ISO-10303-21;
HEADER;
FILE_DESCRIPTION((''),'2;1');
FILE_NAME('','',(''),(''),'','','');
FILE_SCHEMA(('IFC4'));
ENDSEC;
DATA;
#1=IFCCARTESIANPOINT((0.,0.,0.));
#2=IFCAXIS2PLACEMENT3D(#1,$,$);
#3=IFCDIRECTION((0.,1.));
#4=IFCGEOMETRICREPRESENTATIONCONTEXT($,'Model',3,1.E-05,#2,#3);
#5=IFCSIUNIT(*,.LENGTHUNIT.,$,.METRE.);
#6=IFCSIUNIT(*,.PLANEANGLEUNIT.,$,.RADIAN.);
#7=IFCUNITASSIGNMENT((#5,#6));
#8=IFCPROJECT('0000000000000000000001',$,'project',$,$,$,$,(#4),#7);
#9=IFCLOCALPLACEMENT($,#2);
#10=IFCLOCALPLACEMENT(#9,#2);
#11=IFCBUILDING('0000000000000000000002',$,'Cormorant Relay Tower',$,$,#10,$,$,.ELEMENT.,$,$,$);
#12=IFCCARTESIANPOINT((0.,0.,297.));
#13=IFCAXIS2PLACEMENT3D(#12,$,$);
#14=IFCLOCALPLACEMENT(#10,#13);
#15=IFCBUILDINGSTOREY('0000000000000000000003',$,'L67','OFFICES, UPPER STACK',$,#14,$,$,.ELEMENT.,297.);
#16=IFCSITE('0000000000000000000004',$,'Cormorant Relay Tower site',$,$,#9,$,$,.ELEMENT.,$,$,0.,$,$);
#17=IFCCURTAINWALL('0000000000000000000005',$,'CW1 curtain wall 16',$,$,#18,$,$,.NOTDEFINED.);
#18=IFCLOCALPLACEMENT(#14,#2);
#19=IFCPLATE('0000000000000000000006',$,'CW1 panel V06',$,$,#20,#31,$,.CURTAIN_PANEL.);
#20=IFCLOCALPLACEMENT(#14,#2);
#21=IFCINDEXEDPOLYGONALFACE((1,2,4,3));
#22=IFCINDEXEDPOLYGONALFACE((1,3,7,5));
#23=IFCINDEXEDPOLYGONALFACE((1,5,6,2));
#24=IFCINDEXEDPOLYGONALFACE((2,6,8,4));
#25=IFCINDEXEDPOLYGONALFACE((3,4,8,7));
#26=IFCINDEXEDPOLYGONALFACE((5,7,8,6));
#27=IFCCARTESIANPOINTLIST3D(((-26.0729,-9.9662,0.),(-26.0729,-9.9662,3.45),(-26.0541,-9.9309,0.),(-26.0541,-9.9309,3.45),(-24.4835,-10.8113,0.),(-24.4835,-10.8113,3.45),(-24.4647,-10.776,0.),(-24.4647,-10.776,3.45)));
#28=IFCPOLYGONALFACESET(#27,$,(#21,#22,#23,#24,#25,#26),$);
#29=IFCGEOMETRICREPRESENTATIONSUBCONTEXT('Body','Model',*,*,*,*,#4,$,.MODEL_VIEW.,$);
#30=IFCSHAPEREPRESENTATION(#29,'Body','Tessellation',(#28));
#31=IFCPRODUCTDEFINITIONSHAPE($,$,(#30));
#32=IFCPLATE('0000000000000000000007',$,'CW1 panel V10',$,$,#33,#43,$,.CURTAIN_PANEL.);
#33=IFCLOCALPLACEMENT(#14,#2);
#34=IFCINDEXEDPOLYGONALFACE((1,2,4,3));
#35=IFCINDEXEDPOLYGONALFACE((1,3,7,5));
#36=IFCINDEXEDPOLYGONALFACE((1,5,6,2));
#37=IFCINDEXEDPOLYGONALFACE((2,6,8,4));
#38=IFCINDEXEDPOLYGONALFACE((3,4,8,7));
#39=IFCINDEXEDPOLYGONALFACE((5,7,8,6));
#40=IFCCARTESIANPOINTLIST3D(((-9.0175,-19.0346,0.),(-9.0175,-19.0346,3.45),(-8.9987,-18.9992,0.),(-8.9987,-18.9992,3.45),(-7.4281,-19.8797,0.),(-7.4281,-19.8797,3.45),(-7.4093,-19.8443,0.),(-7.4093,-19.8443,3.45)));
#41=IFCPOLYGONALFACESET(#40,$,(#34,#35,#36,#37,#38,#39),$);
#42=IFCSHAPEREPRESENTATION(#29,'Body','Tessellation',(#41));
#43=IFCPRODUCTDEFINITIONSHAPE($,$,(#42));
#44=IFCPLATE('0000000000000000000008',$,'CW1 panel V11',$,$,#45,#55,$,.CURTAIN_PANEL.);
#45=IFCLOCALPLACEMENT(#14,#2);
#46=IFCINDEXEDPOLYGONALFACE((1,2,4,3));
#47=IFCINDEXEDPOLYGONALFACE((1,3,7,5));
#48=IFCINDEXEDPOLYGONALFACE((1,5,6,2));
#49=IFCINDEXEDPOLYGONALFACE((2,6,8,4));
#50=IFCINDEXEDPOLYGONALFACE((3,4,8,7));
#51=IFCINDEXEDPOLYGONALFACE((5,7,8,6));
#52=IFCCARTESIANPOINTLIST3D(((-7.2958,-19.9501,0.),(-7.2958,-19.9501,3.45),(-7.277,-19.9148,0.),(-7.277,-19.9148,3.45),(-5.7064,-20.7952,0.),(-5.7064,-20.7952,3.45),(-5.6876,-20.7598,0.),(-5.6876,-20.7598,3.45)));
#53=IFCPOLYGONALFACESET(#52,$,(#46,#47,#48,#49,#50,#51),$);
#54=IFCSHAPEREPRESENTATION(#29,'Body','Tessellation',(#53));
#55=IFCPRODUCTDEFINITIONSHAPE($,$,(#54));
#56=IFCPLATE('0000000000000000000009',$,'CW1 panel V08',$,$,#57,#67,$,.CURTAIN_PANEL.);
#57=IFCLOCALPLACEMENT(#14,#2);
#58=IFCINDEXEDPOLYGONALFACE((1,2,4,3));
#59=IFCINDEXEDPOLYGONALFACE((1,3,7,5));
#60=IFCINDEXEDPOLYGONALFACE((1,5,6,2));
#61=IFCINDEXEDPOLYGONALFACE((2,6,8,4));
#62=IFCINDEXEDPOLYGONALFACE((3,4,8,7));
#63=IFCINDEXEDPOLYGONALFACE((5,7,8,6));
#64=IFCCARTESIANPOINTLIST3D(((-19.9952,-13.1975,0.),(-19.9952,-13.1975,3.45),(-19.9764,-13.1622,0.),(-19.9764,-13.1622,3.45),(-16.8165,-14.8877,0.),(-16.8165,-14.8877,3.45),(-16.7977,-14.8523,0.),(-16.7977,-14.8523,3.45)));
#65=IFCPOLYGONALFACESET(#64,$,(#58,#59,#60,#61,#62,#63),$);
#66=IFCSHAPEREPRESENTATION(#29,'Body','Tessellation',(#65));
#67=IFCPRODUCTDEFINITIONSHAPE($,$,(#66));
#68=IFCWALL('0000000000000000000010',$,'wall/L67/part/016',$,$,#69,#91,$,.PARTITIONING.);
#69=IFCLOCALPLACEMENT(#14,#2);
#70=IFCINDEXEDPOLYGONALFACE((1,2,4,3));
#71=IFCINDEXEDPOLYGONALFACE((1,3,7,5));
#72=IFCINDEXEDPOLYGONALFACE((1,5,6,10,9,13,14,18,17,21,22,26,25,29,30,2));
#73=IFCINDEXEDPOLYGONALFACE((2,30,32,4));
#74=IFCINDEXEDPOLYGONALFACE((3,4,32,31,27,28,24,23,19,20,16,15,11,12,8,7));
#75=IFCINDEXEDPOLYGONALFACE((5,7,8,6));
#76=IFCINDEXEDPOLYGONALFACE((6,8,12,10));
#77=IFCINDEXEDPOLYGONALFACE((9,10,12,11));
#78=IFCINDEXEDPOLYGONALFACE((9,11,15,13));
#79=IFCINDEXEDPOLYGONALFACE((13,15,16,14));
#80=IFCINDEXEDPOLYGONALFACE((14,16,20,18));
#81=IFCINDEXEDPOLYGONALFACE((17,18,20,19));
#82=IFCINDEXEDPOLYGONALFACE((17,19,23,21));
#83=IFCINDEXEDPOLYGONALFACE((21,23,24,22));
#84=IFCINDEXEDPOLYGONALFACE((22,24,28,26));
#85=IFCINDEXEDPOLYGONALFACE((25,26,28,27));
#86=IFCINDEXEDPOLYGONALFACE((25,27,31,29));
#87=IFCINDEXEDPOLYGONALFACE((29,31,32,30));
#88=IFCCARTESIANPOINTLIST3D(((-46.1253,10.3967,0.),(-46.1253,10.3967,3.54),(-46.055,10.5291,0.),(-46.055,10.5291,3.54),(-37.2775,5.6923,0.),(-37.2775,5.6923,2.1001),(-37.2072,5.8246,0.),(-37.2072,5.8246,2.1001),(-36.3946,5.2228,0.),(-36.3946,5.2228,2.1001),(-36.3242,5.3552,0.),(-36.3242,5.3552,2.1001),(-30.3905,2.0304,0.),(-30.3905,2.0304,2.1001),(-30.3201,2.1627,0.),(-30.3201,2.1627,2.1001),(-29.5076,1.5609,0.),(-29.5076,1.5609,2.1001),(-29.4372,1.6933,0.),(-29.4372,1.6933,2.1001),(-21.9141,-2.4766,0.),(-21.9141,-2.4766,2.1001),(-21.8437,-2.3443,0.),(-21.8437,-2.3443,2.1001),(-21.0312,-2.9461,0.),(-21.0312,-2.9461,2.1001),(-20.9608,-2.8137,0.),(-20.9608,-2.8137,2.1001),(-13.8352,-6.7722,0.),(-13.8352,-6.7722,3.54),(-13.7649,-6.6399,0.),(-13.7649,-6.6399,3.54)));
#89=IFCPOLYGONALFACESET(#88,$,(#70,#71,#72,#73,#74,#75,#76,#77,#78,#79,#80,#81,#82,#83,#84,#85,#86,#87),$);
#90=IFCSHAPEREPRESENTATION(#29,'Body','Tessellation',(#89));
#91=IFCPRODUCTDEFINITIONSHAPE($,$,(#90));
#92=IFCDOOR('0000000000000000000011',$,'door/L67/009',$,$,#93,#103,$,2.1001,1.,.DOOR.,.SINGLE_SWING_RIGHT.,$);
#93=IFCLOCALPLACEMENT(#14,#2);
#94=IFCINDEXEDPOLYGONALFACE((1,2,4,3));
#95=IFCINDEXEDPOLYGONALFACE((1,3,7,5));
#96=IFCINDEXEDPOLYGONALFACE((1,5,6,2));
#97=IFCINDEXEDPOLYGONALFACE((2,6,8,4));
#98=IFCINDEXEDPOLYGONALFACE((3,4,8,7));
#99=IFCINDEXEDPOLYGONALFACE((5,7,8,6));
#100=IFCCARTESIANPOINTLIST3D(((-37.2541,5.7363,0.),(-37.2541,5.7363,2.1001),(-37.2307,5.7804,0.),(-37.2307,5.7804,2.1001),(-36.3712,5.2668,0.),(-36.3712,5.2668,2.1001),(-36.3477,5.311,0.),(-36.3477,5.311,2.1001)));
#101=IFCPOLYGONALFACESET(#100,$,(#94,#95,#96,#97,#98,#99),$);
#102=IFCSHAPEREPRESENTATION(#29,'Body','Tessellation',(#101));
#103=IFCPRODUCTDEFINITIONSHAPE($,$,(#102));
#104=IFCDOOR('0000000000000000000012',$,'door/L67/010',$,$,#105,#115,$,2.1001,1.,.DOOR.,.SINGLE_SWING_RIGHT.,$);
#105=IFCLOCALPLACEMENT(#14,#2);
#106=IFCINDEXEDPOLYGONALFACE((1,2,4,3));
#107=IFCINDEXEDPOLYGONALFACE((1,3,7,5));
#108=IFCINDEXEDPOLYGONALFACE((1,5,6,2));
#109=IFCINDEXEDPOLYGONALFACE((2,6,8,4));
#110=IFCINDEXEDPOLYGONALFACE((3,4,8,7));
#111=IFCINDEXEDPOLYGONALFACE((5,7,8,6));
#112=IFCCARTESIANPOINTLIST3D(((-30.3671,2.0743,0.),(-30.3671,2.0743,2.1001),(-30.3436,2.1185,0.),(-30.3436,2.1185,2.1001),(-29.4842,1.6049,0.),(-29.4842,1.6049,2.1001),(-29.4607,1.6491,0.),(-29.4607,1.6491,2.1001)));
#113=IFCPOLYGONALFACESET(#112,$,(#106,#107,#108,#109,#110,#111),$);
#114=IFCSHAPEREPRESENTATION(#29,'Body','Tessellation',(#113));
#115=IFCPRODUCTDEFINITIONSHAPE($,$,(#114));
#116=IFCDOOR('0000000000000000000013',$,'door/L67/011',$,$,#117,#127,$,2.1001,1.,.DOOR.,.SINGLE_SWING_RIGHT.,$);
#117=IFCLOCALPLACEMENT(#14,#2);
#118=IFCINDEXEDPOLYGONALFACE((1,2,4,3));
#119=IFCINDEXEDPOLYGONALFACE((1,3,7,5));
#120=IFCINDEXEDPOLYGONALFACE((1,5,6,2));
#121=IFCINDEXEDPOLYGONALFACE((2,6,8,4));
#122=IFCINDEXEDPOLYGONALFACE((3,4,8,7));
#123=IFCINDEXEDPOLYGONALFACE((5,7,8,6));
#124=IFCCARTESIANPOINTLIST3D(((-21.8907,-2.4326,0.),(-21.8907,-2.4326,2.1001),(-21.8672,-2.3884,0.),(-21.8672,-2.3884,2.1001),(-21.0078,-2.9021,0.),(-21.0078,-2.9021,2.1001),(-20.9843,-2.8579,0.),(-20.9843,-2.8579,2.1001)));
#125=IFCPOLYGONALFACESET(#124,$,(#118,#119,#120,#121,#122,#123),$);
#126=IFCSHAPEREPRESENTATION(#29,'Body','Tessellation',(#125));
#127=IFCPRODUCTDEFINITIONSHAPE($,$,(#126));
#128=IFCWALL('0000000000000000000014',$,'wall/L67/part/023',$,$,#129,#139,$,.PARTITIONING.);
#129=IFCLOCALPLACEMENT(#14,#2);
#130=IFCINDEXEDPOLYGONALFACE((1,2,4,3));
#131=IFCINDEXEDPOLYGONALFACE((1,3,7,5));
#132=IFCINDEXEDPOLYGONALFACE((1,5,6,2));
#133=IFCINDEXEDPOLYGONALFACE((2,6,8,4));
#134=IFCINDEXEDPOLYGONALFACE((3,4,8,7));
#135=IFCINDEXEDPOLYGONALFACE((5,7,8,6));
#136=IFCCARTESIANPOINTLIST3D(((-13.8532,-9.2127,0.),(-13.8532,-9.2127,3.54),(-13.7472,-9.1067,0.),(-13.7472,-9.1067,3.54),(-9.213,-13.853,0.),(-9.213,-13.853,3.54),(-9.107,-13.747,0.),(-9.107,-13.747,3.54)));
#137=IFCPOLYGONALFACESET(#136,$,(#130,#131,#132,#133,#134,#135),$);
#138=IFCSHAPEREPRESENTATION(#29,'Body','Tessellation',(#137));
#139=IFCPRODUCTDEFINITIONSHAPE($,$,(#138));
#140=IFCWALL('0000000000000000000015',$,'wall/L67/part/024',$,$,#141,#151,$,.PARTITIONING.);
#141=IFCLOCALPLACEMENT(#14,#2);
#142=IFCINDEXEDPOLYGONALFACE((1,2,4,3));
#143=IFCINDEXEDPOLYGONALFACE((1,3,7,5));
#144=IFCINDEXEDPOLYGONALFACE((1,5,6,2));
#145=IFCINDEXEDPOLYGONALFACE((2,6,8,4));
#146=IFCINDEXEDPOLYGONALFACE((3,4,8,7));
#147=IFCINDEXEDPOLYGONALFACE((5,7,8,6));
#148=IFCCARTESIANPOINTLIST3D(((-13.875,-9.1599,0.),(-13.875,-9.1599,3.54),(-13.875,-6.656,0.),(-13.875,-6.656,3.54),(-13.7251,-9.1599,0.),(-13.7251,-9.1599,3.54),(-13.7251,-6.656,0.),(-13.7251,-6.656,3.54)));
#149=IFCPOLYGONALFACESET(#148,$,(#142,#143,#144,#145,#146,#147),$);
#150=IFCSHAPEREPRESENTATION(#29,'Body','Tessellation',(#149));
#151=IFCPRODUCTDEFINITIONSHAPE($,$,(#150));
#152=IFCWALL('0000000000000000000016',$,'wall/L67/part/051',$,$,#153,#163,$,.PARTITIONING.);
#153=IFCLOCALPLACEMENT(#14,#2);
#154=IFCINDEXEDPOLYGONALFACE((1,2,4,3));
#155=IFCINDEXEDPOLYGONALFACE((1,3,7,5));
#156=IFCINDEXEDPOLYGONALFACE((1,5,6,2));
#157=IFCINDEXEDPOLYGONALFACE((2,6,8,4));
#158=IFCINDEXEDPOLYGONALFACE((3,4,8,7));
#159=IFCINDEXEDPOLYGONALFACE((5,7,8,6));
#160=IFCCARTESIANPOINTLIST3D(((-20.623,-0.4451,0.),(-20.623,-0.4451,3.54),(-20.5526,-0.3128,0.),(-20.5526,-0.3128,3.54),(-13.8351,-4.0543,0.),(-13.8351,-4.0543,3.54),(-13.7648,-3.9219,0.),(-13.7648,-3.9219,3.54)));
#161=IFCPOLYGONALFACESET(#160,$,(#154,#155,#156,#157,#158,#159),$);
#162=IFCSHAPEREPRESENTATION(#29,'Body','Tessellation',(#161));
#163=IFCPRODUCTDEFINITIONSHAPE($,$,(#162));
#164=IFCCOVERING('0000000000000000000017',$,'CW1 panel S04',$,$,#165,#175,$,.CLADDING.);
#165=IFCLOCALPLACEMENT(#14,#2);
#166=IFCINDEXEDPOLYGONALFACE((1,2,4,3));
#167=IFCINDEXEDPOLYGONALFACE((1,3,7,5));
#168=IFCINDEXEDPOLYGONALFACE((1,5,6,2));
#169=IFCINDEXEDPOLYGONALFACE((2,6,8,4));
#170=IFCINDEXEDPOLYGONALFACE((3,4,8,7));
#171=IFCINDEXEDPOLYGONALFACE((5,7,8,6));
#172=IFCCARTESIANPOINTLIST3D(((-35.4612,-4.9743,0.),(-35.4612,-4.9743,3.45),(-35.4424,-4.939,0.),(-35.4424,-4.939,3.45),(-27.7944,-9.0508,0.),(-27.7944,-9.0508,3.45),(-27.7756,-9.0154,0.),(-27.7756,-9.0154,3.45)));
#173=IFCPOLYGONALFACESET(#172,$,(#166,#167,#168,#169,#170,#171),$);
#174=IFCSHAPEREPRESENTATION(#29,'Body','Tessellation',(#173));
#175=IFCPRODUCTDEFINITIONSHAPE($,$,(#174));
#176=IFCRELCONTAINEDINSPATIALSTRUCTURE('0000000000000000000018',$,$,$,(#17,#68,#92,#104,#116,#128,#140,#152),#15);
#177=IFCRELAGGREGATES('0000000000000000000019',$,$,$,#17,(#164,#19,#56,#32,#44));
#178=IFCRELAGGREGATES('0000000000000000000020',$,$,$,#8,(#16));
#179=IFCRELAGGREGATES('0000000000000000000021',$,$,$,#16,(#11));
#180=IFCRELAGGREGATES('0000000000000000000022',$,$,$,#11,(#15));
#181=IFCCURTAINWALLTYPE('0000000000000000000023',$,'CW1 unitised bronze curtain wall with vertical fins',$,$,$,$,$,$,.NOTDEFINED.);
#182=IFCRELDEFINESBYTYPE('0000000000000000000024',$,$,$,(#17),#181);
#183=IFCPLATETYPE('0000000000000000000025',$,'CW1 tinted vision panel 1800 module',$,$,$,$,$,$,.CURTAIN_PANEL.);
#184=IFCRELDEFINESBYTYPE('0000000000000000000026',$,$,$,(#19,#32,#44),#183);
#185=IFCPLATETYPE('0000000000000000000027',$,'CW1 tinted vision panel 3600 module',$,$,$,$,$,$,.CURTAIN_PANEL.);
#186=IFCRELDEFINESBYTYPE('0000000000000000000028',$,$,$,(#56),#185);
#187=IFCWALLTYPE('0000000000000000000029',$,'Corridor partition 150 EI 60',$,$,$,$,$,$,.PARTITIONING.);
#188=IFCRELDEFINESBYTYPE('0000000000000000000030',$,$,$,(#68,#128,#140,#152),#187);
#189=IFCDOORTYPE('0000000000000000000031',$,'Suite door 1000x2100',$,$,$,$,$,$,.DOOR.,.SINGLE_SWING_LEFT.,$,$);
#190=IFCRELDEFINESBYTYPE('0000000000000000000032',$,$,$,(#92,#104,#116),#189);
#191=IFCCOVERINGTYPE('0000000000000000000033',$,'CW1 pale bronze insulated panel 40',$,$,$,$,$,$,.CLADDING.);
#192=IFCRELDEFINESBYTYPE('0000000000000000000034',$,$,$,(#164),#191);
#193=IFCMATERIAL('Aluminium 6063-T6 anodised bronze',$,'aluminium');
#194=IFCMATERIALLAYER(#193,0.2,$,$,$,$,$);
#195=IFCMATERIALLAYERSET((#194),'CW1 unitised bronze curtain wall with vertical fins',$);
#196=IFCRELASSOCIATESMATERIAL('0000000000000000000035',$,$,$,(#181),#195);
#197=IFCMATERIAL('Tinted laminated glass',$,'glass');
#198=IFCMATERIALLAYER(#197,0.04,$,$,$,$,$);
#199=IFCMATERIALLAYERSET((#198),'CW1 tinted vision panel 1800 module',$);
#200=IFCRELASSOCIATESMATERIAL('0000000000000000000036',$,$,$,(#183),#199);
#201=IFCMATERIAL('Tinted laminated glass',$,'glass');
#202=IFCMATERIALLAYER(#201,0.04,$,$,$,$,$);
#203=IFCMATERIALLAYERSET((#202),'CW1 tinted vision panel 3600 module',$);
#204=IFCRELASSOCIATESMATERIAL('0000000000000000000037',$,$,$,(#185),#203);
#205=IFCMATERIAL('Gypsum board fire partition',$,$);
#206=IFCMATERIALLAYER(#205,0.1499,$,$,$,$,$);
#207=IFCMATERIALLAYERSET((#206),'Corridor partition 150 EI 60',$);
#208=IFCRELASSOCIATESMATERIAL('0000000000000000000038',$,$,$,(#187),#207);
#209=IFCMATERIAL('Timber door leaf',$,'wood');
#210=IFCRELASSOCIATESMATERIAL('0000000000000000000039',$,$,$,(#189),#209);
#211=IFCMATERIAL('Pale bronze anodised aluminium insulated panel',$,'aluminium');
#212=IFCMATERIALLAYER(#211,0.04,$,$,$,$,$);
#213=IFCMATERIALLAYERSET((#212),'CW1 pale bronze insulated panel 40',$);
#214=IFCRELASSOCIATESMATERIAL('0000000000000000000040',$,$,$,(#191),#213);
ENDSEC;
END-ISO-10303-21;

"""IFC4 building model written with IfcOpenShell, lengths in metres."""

from ifc_helpers import new_model, si_unit, direction, frame, frame_2d, origin, origin_2d, place, context, subcontext, project, spatial, rectangle, extrude, material, layer, layer_set, type_object, element, fill, aggregate, save


model = new_model("IFC4")

# Units and contexts
model_context = context("Model", 3, precision=1e-05, world=origin(), true_north=direction((0.0, 1.0)))
body_context = subcontext(model_context, "Body", "Model", "MODEL_VIEW")
ifc_project = project(units=[si_unit("LENGTHUNIT", "METRE"), si_unit("PLANEANGLEUNIT", "RADIAN")], contexts=[model_context])

# Site, building, storey
site_placement = place(None, origin())
site = spatial("IfcSite", under=ifc_project, at=site_placement, Name="Cormorant Relay Tower site", CompositionType="ELEMENT", RefElevation=0.0)
building_placement = place(site_placement, origin())
building = spatial("IfcBuilding", under=site, at=building_placement, Name="Cormorant Relay Tower", CompositionType="ELEMENT")
storey_placement = place(building_placement, frame((0.0, 0.0, 297.0)))
storey = spatial("IfcBuildingStorey", under=building, at=storey_placement, Name="L67", Description="OFFICES, UPPER STACK", CompositionType="ELEMENT", Elevation=297.0)

# Curtain wall
ifc_material_1 = material(Name="Aluminium 6063-T6 anodised bronze", Category="aluminium")
ifc_layer_1 = layer(ifc_material_1, 0.2)
ifc_layer_set_1 = layer_set([ifc_layer_1], Name="CW1 unitised bronze curtain wall with vertical fins")
curtain_wall_type = type_object("IfcCurtainWallType", Name="CW1 unitised bronze curtain wall with vertical fins", PredefinedType="NOTDEFINED", material=ifc_layer_set_1)
curtain_wall_placement = place(storey_placement, origin())
curtain_wall = element("IfcCurtainWall", 1, at=curtain_wall_placement, inside=storey, type_object=curtain_wall_type, Name="CW1 curtain wall 16", PredefinedType="NOTDEFINED")

# Plates
ifc_material_2 = material(Name="Tinted laminated glass", Category="glass")
ifc_layer_2 = layer(ifc_material_2, 0.04)
ifc_layer_set_2 = layer_set([ifc_layer_2], Name="CW1 tinted vision panel 1800 module")
plate_type_1 = type_object("IfcPlateType", Name="CW1 tinted vision panel 1800 module", PredefinedType="CURTAIN_PANEL", material=ifc_layer_set_2)
plate_1_placement = place(storey_placement, frame((-25.2688, -10.3711, 0.0), z_axis=(0.0, 0.0, 1.0), x_axis=(0.882948, -0.469472, 0.0)))
plate_1 = element("IfcPlate", 2, at=plate_1_placement, type_object=plate_type_1, Name="CW1 panel V06", PredefinedType="CURTAIN_PANEL", context=body_context, shape_type="SweptSolid", body=[
    extrude(rectangle(XDim=1.8, YDim=0.04, at=origin_2d()), origin(), (0.0, 0.0, 1.0), 3.45),
])
plate_2_placement = place(storey_placement, frame((-8.2134, -19.4395, 0.0), z_axis=(0.0, 0.0, 1.0), x_axis=(0.882948, -0.469472, 0.0)))
plate_2 = element("IfcPlate", 3, at=plate_2_placement, type_object=plate_type_1, Name="CW1 panel V10", PredefinedType="CURTAIN_PANEL", context=body_context, shape_type="SweptSolid", body=[
    extrude(rectangle(XDim=1.8, YDim=0.04, at=origin_2d()), origin(), (0.0, 0.0, 1.0), 3.45),
])
plate_3_placement = place(storey_placement, frame((-6.4917, -20.355, 0.0), z_axis=(0.0, 0.0, 1.0), x_axis=(0.882948, -0.469472, 0.0)))
plate_3 = element("IfcPlate", 4, at=plate_3_placement, type_object=plate_type_1, Name="CW1 panel V11", PredefinedType="CURTAIN_PANEL", context=body_context, shape_type="SweptSolid", body=[
    extrude(rectangle(XDim=1.8, YDim=0.04, at=origin_2d()), origin(), (0.0, 0.0, 1.0), 3.45),
])
ifc_material_3 = material(Name="Tinted laminated glass", Category="glass")
ifc_layer_3 = layer(ifc_material_3, 0.04)
ifc_layer_set_3 = layer_set([ifc_layer_3], Name="CW1 tinted vision panel 3600 module")
plate_type_2 = type_object("IfcPlateType", Name="CW1 tinted vision panel 3600 module", PredefinedType="CURTAIN_PANEL", material=ifc_layer_set_3)
plate_4_placement = place(storey_placement, frame((-18.3965, -14.0249, 0.0), z_axis=(0.0, 0.0, 1.0), x_axis=(0.882948, -0.469472, 0.0)))
plate_4 = element("IfcPlate", 5, at=plate_4_placement, type_object=plate_type_2, Name="CW1 panel V08", PredefinedType="CURTAIN_PANEL", context=body_context, shape_type="SweptSolid", body=[
    extrude(rectangle(XDim=3.6001, YDim=0.04, at=origin_2d()), origin(), (0.0, 0.0, 1.0), 3.45),
])

# Wall, openings, doors
ifc_material_4 = material(Name="Gypsum board fire partition")
ifc_layer_4 = layer(ifc_material_4, 0.1499)
ifc_layer_set_4 = layer_set([ifc_layer_4], Name="Corridor partition 150 EI 60")
wall_type = type_object("IfcWallType", Name="Corridor partition 150 EI 60", PredefinedType="PARTITIONING", material=ifc_layer_set_4)
wall_1_placement = place(storey_placement, frame((-13.8, -6.7061, 0.0), z_axis=(0.0, 0.0, 1.0), x_axis=(-0.882947, 0.469472, 0.0)))
wall_1 = element("IfcWall", 6, at=wall_1_placement, inside=storey, type_object=wall_type, Name="wall/L67/part/016", PredefinedType="PARTITIONING", context=body_context, shape_type="SweptSolid", body=[
    extrude(rectangle(XDim=36.5708, YDim=0.1499, at=frame_2d((18.2854, 0.0))), origin(), (0.0, 0.0, 1.0), 3.54),
])
opening_1_placement = place(wall_1_placement, frame((25.55, 0.0, 0.0)))
opening_1 = element("IfcOpeningElement", 7, at=opening_1_placement, cuts=wall_1, PredefinedType="OPENING", context=body_context, shape_type="SweptSolid", body=[
    extrude(rectangle(XDim=1.0, YDim=2.1001, at=frame_2d((0.5, 1.05))), frame((0.0, 0.085, 0.0), z_axis=(0.0, -1.0, 0.0), x_axis=(1.0, 0.0, 0.0)), (0.0, 0.0, 1.0), 0.1699),
])
opening_2_placement = place(wall_1_placement, frame((17.75, 0.0, 0.0)))
opening_2 = element("IfcOpeningElement", 8, at=opening_2_placement, cuts=wall_1, PredefinedType="OPENING", context=body_context, shape_type="SweptSolid", body=[
    extrude(rectangle(XDim=1.0, YDim=2.1001, at=frame_2d((0.5, 1.05))), frame((0.0, 0.085, 0.0), z_axis=(0.0, -1.0, 0.0), x_axis=(1.0, 0.0, 0.0)), (0.0, 0.0, 1.0), 0.1699),
])
opening_3_placement = place(wall_1_placement, frame((8.1499, 0.0, 0.0)))
opening_3 = element("IfcOpeningElement", 9, at=opening_3_placement, cuts=wall_1, PredefinedType="OPENING", context=body_context, shape_type="SweptSolid", body=[
    extrude(rectangle(XDim=1.0, YDim=2.1001, at=frame_2d((0.5, 1.05))), frame((0.0, 0.085, 0.0), z_axis=(0.0, -1.0, 0.0), x_axis=(1.0, 0.0, 0.0)), (0.0, 0.0, 1.0), 0.1699),
])
ifc_material_5 = material(Name="Timber door leaf", Category="wood")
door_type = type_object("IfcDoorType", Name="Suite door 1000x2100", OperationType="SINGLE_SWING_LEFT", PredefinedType="DOOR", material=ifc_material_5)
door_1_placement = place(opening_1_placement, frame((1.0, 0.0, 0.0), z_axis=(0.0, 0.0, 1.0), x_axis=(-1.0, 0.0, 0.0)))
door_1 = element("IfcDoor", 10, at=door_1_placement, inside=storey, type_object=door_type, Name="door/L67/009", OperationType="SINGLE_SWING_RIGHT", OverallHeight=2.1001, OverallWidth=1.0, PredefinedType="DOOR", context=body_context, shape_type="SweptSolid", body=[
    extrude(rectangle(XDim=1.0, YDim=2.1001, at=frame_2d((0.5, 1.05))), frame((0.0, 0.0249, 0.0), z_axis=(0.0, -1.0, 0.0), x_axis=(1.0, 0.0, 0.0)), (0.0, 0.0, 1.0), 0.05),
])
fill(opening_1, door_1)
door_2_placement = place(opening_2_placement, frame((1.0, 0.0, 0.0), z_axis=(0.0, 0.0, 1.0), x_axis=(-1.0, 0.0, 0.0)))
door_2 = element("IfcDoor", 11, at=door_2_placement, inside=storey, type_object=door_type, Name="door/L67/010", OperationType="SINGLE_SWING_RIGHT", OverallHeight=2.1001, OverallWidth=1.0, PredefinedType="DOOR", context=body_context, shape_type="SweptSolid", body=[
    extrude(rectangle(XDim=1.0, YDim=2.1001, at=frame_2d((0.5, 1.05))), frame((0.0, 0.0249, 0.0), z_axis=(0.0, -1.0, 0.0), x_axis=(1.0, 0.0, 0.0)), (0.0, 0.0, 1.0), 0.05),
])
fill(opening_2, door_2)
door_3_placement = place(opening_3_placement, frame((1.0, 0.0, 0.0), z_axis=(0.0, 0.0, 1.0), x_axis=(-1.0, 0.0, 0.0)))
door_3 = element("IfcDoor", 12, at=door_3_placement, inside=storey, type_object=door_type, Name="door/L67/011", OperationType="SINGLE_SWING_RIGHT", OverallHeight=2.1001, OverallWidth=1.0, PredefinedType="DOOR", context=body_context, shape_type="SweptSolid", body=[
    extrude(rectangle(XDim=1.0, YDim=2.1001, at=frame_2d((0.5, 1.05))), frame((0.0, 0.0249, 0.0), z_axis=(0.0, -1.0, 0.0), x_axis=(1.0, 0.0, 0.0)), (0.0, 0.0, 1.0), 0.05),
])
fill(opening_3, door_3)

# Walls
wall_2_placement = place(storey_placement, frame((-9.1599, -13.8, 0.0), z_axis=(0.0, 0.0, 1.0), x_axis=(-0.707107, 0.707107, 0.0)))
element("IfcWall", 13, at=wall_2_placement, inside=storey, type_object=wall_type, Name="wall/L67/part/023", PredefinedType="PARTITIONING", context=body_context, shape_type="SweptSolid", body=[
    extrude(rectangle(XDim=6.5623, YDim=0.1499, at=frame_2d((3.2812, 0.0))), origin(), (0.0, 0.0, 1.0), 3.54),
])
wall_3_placement = place(storey_placement, frame((-13.8, -9.1599, 0.0), z_axis=(0.0, 0.0, 1.0), x_axis=(0.0, 1.0, 0.0)))
element("IfcWall", 14, at=wall_3_placement, inside=storey, type_object=wall_type, Name="wall/L67/part/024", PredefinedType="PARTITIONING", context=body_context, shape_type="SweptSolid", body=[
    extrude(rectangle(XDim=2.5039, YDim=0.1499, at=frame_2d((1.252, 0.0))), origin(), (0.0, 0.0, 1.0), 3.54),
])
wall_4_placement = place(storey_placement, frame((-13.8, -3.988, 0.0), z_axis=(0.0, 0.0, 1.0), x_axis=(-0.882949, 0.469469, 0.0)))
element("IfcWall", 15, at=wall_4_placement, inside=storey, type_object=wall_type, Name="wall/L67/part/051", PredefinedType="PARTITIONING", context=body_context, shape_type="SweptSolid", body=[
    extrude(rectangle(XDim=7.6877, YDim=0.1499, at=frame_2d((3.8438, 0.0))), origin(), (0.0, 0.0, 1.0), 3.54),
])

# Covering
ifc_material_6 = material(Name="Pale bronze anodised aluminium insulated panel", Category="aluminium")
ifc_layer_5 = layer(ifc_material_6, 0.04)
ifc_layer_set_5 = layer_set([ifc_layer_5], Name="CW1 pale bronze insulated panel 40")
covering_type = type_object("IfcCoveringType", Name="CW1 pale bronze insulated panel 40", PredefinedType="CLADDING", material=ifc_layer_set_5)
covering_1_placement = place(storey_placement, frame((-31.6184, -6.9949, 0.0), z_axis=(0.0, 0.0, 1.0), x_axis=(0.882948, -0.469472, 0.0)))
covering_1 = element("IfcCovering", 16, at=covering_1_placement, type_object=covering_type, Name="CW1 panel S04", PredefinedType="CLADDING", context=body_context, shape_type="SweptSolid", body=[
    extrude(rectangle(XDim=8.6831, YDim=0.04, at=origin_2d()), origin(), (0.0, 0.0, 1.0), 3.45),
])
aggregate(curtain_wall, [covering_1, plate_1, plate_4, plate_2, plate_3])

save(model, "model.ifc")
